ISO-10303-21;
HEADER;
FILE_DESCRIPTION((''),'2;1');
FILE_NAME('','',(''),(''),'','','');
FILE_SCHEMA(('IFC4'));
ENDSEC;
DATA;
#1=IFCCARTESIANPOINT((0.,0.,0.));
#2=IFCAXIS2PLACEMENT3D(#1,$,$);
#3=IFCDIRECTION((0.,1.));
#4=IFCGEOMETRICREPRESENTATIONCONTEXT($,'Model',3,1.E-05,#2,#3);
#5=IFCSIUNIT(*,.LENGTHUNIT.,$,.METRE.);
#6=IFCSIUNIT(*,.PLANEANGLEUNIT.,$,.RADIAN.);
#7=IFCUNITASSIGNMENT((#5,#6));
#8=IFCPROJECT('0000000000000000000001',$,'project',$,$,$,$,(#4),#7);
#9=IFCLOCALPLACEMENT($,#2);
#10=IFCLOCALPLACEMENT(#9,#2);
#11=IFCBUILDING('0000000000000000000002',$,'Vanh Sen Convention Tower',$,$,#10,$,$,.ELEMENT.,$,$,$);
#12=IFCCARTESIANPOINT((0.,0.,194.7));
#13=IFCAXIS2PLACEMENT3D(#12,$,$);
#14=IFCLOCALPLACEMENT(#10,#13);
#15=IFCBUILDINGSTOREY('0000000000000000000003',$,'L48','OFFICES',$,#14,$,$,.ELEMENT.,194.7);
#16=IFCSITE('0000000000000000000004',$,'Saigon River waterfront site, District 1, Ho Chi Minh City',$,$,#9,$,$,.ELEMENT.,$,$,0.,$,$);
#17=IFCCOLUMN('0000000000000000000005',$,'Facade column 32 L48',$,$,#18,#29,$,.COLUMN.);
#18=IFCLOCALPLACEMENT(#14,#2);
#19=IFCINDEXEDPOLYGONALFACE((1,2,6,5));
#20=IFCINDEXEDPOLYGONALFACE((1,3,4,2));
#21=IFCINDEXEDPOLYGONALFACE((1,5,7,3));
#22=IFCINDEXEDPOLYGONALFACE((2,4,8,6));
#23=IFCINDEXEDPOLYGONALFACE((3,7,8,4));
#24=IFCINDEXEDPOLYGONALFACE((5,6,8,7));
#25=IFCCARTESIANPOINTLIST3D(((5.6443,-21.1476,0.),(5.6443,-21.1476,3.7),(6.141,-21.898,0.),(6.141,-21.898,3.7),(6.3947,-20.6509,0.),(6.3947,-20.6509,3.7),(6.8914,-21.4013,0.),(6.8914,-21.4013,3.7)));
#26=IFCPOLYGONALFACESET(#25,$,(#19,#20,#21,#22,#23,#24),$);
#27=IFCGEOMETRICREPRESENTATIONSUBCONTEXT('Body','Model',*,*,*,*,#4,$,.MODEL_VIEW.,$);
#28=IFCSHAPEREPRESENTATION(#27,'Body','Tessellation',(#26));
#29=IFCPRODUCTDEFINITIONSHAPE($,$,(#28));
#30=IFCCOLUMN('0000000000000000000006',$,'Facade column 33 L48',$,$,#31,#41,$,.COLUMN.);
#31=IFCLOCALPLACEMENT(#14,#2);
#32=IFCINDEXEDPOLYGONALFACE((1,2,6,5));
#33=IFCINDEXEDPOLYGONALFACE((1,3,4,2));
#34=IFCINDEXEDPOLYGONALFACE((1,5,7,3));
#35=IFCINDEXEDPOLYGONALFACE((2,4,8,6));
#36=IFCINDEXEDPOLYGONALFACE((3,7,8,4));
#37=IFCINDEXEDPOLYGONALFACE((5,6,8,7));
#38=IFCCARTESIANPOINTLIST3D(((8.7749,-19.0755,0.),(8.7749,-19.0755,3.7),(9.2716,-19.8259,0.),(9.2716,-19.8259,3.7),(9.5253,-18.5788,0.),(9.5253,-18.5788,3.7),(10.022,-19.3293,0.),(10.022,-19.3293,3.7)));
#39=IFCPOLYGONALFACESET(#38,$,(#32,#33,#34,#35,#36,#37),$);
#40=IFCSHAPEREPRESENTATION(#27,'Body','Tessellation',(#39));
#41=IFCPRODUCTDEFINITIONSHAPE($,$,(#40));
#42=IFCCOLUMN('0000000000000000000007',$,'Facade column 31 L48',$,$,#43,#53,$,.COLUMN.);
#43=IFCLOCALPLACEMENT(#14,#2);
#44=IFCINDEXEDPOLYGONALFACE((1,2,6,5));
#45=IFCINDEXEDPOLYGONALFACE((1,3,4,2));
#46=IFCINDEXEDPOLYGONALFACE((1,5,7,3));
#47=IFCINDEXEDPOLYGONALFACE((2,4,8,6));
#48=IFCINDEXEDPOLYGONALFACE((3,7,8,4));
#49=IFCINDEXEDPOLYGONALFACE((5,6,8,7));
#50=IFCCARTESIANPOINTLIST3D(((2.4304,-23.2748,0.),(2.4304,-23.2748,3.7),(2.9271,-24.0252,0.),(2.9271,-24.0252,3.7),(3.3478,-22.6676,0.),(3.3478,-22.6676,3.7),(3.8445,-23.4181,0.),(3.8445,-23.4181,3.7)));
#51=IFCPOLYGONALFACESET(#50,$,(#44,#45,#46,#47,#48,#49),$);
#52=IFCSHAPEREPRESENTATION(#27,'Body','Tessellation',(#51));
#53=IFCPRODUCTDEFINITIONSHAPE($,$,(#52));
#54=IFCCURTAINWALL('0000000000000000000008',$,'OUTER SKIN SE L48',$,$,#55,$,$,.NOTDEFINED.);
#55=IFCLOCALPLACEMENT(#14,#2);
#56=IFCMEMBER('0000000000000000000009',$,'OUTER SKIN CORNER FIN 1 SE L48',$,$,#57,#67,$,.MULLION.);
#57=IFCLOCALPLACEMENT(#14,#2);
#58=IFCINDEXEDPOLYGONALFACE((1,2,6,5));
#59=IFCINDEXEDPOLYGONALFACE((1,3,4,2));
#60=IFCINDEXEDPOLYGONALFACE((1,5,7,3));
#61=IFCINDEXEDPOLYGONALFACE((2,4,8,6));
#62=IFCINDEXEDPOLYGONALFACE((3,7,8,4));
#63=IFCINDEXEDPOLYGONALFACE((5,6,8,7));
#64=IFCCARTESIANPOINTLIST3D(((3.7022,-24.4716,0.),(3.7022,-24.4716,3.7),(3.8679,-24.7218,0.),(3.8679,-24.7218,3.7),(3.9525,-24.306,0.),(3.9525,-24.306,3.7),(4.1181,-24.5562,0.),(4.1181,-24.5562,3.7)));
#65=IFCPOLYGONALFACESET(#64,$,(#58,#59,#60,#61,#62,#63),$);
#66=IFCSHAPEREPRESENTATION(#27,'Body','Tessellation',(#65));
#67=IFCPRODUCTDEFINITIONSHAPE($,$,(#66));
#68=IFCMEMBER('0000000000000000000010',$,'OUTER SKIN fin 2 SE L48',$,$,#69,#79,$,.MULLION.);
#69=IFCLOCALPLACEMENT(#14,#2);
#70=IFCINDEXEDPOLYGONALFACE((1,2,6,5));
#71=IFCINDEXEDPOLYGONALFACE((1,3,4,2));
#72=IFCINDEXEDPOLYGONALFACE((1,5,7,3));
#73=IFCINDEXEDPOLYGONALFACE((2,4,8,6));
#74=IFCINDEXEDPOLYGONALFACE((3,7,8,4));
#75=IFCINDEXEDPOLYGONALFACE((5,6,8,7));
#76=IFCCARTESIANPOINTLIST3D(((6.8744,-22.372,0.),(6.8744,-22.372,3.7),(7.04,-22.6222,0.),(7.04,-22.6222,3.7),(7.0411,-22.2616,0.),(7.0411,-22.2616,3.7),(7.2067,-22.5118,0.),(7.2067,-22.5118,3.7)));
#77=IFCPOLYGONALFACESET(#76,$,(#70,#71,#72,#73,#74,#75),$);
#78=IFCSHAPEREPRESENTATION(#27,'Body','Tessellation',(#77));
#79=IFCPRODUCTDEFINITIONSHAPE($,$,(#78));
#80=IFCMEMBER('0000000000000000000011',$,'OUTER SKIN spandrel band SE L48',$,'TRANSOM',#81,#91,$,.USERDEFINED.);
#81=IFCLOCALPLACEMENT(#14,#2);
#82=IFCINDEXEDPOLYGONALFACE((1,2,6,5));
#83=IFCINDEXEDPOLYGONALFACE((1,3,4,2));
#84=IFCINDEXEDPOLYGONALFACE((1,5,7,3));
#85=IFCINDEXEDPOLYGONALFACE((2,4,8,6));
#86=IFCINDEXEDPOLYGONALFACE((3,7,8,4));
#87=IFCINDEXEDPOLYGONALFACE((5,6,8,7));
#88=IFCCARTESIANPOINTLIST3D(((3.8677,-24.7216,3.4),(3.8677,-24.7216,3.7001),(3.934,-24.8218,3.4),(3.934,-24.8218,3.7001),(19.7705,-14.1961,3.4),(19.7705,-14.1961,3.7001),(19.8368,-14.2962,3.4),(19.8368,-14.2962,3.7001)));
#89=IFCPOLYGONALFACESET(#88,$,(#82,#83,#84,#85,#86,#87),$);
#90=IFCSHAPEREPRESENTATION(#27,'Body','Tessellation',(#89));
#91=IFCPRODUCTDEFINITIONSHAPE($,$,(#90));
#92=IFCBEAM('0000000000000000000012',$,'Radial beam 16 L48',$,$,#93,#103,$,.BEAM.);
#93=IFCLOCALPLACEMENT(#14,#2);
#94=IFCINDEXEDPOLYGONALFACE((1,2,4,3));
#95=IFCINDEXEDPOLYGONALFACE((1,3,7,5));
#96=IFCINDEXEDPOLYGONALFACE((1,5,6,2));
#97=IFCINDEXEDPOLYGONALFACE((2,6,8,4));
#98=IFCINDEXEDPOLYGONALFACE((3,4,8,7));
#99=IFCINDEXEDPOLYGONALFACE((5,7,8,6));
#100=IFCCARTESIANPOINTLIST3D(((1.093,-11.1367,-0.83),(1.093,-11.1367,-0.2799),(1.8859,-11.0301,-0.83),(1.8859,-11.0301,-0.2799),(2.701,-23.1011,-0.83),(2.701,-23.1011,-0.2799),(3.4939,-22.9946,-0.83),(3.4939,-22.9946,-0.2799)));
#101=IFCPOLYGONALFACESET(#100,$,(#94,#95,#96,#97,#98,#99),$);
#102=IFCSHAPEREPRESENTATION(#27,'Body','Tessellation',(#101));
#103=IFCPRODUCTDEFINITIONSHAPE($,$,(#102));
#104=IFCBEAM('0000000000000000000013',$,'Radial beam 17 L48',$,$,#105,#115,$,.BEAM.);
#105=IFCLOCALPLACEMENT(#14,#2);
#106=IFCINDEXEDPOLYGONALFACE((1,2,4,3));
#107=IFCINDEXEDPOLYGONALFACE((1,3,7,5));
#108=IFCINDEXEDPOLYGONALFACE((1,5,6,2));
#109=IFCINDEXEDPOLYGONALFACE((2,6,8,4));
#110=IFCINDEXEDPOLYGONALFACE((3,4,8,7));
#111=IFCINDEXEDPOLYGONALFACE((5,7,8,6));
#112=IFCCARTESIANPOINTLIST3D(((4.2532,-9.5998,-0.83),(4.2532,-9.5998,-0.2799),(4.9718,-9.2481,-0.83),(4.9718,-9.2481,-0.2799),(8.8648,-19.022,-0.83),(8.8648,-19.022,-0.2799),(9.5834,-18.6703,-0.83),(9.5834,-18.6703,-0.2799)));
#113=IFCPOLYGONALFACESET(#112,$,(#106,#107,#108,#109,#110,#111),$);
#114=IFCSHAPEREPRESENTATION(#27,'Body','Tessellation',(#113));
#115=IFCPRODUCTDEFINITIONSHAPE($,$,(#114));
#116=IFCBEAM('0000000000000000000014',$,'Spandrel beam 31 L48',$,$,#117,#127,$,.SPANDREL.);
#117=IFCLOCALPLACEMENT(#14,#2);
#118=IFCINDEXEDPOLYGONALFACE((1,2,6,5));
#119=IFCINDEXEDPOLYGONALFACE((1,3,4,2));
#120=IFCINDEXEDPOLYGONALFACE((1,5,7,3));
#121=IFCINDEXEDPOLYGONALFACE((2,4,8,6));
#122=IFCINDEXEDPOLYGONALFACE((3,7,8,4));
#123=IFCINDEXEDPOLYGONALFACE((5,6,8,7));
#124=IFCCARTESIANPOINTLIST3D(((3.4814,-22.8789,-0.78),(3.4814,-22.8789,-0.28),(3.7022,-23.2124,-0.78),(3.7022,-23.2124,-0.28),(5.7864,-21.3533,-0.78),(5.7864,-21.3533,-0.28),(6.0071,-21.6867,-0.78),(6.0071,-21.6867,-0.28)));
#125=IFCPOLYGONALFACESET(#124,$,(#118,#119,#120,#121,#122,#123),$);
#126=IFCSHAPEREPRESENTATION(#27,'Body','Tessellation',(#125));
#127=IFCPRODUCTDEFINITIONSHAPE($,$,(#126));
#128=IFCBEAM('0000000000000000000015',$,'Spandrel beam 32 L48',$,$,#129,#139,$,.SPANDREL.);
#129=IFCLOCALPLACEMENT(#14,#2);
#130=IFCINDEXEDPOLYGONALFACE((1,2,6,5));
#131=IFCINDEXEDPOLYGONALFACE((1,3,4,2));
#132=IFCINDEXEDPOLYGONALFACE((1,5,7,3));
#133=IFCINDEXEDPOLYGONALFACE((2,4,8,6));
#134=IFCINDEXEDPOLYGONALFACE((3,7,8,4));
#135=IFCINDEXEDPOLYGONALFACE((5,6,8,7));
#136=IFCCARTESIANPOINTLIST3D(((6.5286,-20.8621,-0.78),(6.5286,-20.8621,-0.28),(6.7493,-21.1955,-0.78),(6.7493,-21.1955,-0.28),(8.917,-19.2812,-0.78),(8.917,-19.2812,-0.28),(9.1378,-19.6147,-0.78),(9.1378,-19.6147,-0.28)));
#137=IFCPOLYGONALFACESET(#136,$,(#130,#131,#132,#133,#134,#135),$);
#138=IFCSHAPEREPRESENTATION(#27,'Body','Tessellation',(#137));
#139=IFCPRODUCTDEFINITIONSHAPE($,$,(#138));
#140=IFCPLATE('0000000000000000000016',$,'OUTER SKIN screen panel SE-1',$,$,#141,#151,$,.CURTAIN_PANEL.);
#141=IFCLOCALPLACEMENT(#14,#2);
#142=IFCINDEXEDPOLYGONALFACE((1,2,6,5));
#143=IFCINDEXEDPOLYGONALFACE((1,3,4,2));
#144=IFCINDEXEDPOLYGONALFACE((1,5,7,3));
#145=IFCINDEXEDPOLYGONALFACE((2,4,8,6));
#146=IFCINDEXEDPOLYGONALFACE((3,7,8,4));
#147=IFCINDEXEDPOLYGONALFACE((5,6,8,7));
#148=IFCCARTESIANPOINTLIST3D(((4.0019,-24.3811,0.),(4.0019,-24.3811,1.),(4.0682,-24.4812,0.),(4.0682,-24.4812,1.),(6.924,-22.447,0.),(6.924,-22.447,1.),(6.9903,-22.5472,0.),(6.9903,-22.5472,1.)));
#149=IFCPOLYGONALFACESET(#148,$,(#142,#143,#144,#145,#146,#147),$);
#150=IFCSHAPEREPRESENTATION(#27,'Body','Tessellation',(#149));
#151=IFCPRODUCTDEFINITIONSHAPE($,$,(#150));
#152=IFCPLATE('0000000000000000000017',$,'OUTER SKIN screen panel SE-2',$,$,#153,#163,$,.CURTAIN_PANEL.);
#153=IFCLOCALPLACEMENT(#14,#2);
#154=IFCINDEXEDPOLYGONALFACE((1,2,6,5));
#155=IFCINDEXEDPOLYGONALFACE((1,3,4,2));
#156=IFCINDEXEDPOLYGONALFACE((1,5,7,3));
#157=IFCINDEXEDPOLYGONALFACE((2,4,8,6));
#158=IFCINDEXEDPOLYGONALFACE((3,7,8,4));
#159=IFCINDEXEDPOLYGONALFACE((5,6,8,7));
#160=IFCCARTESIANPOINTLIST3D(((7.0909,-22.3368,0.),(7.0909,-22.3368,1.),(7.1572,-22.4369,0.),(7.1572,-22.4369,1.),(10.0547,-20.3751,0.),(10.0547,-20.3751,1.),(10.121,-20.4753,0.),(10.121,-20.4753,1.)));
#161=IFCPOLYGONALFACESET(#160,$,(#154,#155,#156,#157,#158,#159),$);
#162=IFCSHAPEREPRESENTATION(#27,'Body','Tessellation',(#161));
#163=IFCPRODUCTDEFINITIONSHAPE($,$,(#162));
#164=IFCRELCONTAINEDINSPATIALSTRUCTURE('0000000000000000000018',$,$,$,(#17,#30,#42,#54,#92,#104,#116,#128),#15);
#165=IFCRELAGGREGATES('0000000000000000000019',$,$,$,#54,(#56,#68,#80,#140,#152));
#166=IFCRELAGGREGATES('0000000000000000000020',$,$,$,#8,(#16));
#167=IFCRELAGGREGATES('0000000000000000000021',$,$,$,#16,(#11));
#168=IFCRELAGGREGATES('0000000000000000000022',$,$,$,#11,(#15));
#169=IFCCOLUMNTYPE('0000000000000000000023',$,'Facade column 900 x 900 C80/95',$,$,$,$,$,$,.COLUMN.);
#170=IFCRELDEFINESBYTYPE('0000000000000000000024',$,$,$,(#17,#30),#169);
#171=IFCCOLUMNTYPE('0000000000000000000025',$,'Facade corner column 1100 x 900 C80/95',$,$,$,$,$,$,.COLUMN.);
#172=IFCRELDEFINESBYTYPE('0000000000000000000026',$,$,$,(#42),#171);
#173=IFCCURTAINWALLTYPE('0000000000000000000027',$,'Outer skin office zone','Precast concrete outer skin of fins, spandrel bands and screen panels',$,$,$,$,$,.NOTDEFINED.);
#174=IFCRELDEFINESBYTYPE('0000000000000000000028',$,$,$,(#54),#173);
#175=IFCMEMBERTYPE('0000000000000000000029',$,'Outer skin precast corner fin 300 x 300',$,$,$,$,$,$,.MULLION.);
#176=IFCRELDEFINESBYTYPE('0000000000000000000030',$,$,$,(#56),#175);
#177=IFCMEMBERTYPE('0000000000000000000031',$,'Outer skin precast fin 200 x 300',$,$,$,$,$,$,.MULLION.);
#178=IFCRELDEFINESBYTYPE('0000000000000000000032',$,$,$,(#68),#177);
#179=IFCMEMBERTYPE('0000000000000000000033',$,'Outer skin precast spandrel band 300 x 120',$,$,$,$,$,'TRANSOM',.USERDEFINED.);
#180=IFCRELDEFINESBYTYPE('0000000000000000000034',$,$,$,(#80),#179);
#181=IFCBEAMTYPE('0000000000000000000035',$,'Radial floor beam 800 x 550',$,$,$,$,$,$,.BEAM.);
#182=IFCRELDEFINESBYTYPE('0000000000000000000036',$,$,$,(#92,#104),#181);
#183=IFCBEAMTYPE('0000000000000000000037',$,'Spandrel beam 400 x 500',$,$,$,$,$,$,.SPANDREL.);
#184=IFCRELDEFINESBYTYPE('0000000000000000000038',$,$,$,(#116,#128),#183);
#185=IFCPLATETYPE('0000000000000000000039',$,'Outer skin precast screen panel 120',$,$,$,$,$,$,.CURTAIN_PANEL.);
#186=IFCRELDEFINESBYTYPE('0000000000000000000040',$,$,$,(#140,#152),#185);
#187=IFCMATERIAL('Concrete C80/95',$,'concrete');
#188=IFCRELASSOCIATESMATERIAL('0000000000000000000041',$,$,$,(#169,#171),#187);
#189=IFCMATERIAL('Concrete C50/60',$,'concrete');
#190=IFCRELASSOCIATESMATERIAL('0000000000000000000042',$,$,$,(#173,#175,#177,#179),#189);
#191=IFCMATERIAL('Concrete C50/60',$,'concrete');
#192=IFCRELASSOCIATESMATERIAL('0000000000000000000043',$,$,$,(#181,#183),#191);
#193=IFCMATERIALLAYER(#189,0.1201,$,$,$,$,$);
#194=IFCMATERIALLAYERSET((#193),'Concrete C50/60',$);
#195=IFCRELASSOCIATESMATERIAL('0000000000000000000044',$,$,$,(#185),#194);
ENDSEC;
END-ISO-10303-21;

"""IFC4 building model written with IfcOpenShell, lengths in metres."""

from ifc_helpers import new_model, si_unit, direction, frame, origin, origin_2d, place, context, subcontext, project, spatial, rectangle, extrude, material, layer, layer_set, material_profile, profile_set, type_object, element, aggregate, save


model = new_model("IFC4")

# Units and contexts
model_context = context("Model", 3, precision=1e-05, world=origin(), true_north=direction((0.0, 1.0)))
body_context = subcontext(model_context, "Body", "Model", "MODEL_VIEW")
ifc_project = project(units=[si_unit("LENGTHUNIT", "METRE"), si_unit("PLANEANGLEUNIT", "RADIAN")], contexts=[model_context])

# Site, building, storey
site_placement = place(None, origin())
site = spatial("IfcSite", under=ifc_project, at=site_placement, Name="Saigon River waterfront site, District 1, Ho Chi Minh City", CompositionType="ELEMENT", RefElevation=0.0)
building_placement = place(site_placement, origin())
building = spatial("IfcBuilding", under=site, at=building_placement, Name="Vanh Sen Convention Tower", CompositionType="ELEMENT")
storey_placement = place(building_placement, frame((0.0, 0.0, 194.7)))
storey = spatial("IfcBuildingStorey", under=building, at=storey_placement, Name="L48", Description="OFFICES", CompositionType="ELEMENT", Elevation=194.7)

# Columns
ifc_material_1 = material(Name="Concrete C80/95", Category="concrete")
ifc_material_profile_1 = material_profile(ifc_material_1, rectangle(XDim=0.8999, YDim=0.8999, at=origin_2d()), Name="RC 900X900")
ifc_profile_set_1 = profile_set([ifc_material_profile_1], Name="Concrete C80/95")
column_type_1 = type_object("IfcColumnType", Name="Facade column 900 x 900 C80/95", PredefinedType="COLUMN", material=ifc_profile_set_1)
for number, where, z_axis, x_axis, name in (
    (1, (6.2678, -21.2744, 0.0), (0.0, 0.0, 1.0), (0.833886, 0.551937, 0.0), "Facade column 32 L48"),
    (2, (9.3984, -19.2024, 0.0), (0.0, 0.0, 1.0), (0.833886, 0.551937, 0.0), "Facade column 33 L48"),
):
    element("IfcColumn", number, at=place(storey_placement, frame(where, z_axis=z_axis, x_axis=x_axis)), inside=storey, type_object=column_type_1, Name=name, PredefinedType="COLUMN", context=body_context, shape_type="SweptSolid", body=[
        extrude(rectangle(XDim=0.8999, YDim=0.8999, at=origin_2d()), origin(), (0.0, 0.0, 1.0), 3.7),
    ])
ifc_material_profile_2 = material_profile(ifc_material_1, rectangle(XDim=1.1001, YDim=0.8999, at=origin_2d()), Name="RC 1100X900")
ifc_profile_set_2 = profile_set([ifc_material_profile_2], Name="Concrete C80/95")
column_type_2 = type_object("IfcColumnType", Name="Facade corner column 1100 x 900 C80/95", PredefinedType="COLUMN", material=ifc_profile_set_2)
column_placement = place(storey_placement, frame((3.1375, -23.3464, 0.0), z_axis=(0.0, 0.0, 1.0), x_axis=(0.833886, 0.551937, 0.0)))
element("IfcColumn", 3, at=column_placement, inside=storey, type_object=column_type_2, Name="Facade column 31 L48", PredefinedType="COLUMN", context=body_context, shape_type="SweptSolid", body=[
    extrude(rectangle(XDim=1.1001, YDim=0.8999, at=origin_2d()), origin(), (0.0, 0.0, 1.0), 3.7),
])

# Curtain wall, members
ifc_material_2 = material(Name="Concrete C50/60", Category="concrete")
curtain_wall_type = type_object("IfcCurtainWallType", Name="Outer skin office zone", Description="Precast concrete outer skin of fins, spandrel bands and screen panels", PredefinedType="NOTDEFINED", material=ifc_material_2)
curtain_wall_placement = place(storey_placement, origin())
curtain_wall = element("IfcCurtainWall", 4, at=curtain_wall_placement, inside=storey, type_object=curtain_wall_type, Name="OUTER SKIN SE L48", PredefinedType="NOTDEFINED")
ifc_material_profile_3 = material_profile(ifc_material_2, rectangle(XDim=0.3, YDim=0.3, at=origin_2d()), Name="Outer skin precast corner fin 300 x 300")
ifc_profile_set_3 = profile_set([ifc_material_profile_3], Name="Concrete C50/60")
member_type_1 = type_object("IfcMemberType", Name="Outer skin precast corner fin 300 x 300", PredefinedType="MULLION", material=ifc_profile_set_3)
member_1_placement = place(storey_placement, frame((3.9102, -24.5139, 0.0), z_axis=(0.0, 0.0, 1.0), x_axis=(0.833886, 0.551937, 0.0)))
member_1 = element("IfcMember", 5, at=member_1_placement, type_object=member_type_1, Name="OUTER SKIN CORNER FIN 1 SE L48", PredefinedType="MULLION", context=body_context, shape_type="SweptSolid", body=[
    extrude(rectangle(XDim=0.3, YDim=0.3, at=origin_2d()), origin(), (0.0, 0.0, 1.0), 3.7),
])
ifc_material_profile_4 = material_profile(ifc_material_2, rectangle(XDim=0.2, YDim=0.3, at=origin_2d()), Name="Outer skin precast fin 200 x 300")
ifc_profile_set_4 = profile_set([ifc_material_profile_4], Name="Concrete C50/60")
member_type_2 = type_object("IfcMemberType", Name="Outer skin precast fin 200 x 300", PredefinedType="MULLION", material=ifc_profile_set_4)
member_2_placement = place(storey_placement, frame((7.0405, -22.4419, 0.0), z_axis=(0.0, 0.0, 1.0), x_axis=(0.833886, 0.551937, 0.0)))
member_2 = element("IfcMember", 6, at=member_2_placement, type_object=member_type_2, Name="OUTER SKIN fin 2 SE L48", PredefinedType="MULLION", context=body_context, shape_type="SweptSolid", body=[
    extrude(rectangle(XDim=0.2, YDim=0.3, at=origin_2d()), origin(), (0.0, 0.0, 1.0), 3.7),
])
ifc_material_profile_5 = material_profile(ifc_material_2, rectangle(XDim=0.1201, YDim=0.3, at=origin_2d()), Name="Outer skin precast spandrel band 300 x 120")
ifc_profile_set_5 = profile_set([ifc_material_profile_5], Name="Concrete C50/60")
member_type_3 = type_object("IfcMemberType", Name="Outer skin precast spandrel band 300 x 120", ElementType="TRANSOM", PredefinedType="USERDEFINED", material=ifc_profile_set_5)
member_3_placement = place(storey_placement, frame((3.9009, -24.7717, 3.55), z_axis=(0.833891, 0.551929, 0.0), x_axis=(-0.551929, 0.833891, 0.0)))
member_3 = element("IfcMember", 7, at=member_3_placement, type_object=member_type_3, Name="OUTER SKIN spandrel band SE L48", ObjectType="TRANSOM", PredefinedType="USERDEFINED", context=body_context, shape_type="SweptSolid", body=[
    extrude(rectangle(XDim=0.1201, YDim=0.3, at=origin_2d()), origin(), (0.0, 0.0, 1.0), 19.0706),
])

# Beams
ifc_material_3 = material(Name="Concrete C50/60", Category="concrete")
ifc_material_profile_6 = material_profile(ifc_material_3, rectangle(XDim=0.8, YDim=0.55, at=origin_2d()), Name="RC 800X550")
ifc_profile_set_6 = profile_set([ifc_material_profile_6], Name="Concrete C50/60")
beam_type_1 = type_object("IfcBeamType", Name="Radial floor beam 800 x 550", PredefinedType="BEAM", material=ifc_profile_set_6)
beam_1_placement = place(storey_placement, frame((3.0974, -23.0479, -0.5549), z_axis=(-0.133194, 0.99109, 0.0), x_axis=(-0.99109, -0.133194, 0.0)))
element("IfcBeam", 8, at=beam_1_placement, inside=storey, type_object=beam_type_1, Name="Radial beam 16 L48", PredefinedType="BEAM", context=body_context, shape_type="SweptSolid", body=[
    extrude(rectangle(XDim=0.8, YDim=0.55, at=origin_2d()), origin(), (0.0, 0.0, 1.0), 12.072),
])
beam_2_placement = place(storey_placement, frame((9.2241, -18.8462, -0.5549), z_axis=(-0.43961, 0.898189, 0.0), x_axis=(-0.898189, -0.43961, 0.0)))
element("IfcBeam", 9, at=beam_2_placement, inside=storey, type_object=beam_type_1, Name="Radial beam 17 L48", PredefinedType="BEAM", context=body_context, shape_type="SweptSolid", body=[
    extrude(rectangle(XDim=0.8, YDim=0.55, at=origin_2d()), origin(), (0.0, 0.0, 1.0), 10.4902),
])
ifc_material_profile_7 = material_profile(ifc_material_3, rectangle(XDim=0.3999, YDim=0.5, at=origin_2d()), Name="RC 400X500")
ifc_profile_set_7 = profile_set([ifc_material_profile_7], Name="Concrete C50/60")
beam_type_2 = type_object("IfcBeamType", Name="Spandrel beam 400 x 500", PredefinedType="SPANDREL", material=ifc_profile_set_7)
beam_3_placement = place(storey_placement, frame((3.5918, -23.0457, -0.53), z_axis=(0.83388, 0.551945, 0.0), x_axis=(-0.551945, 0.83388, 0.0)))
element("IfcBeam", 10, at=beam_3_placement, inside=storey, type_object=beam_type_2, Name="Spandrel beam 31 L48", PredefinedType="SPANDREL", context=body_context, shape_type="SweptSolid", body=[
    extrude(rectangle(XDim=0.3999, YDim=0.5, at=origin_2d()), origin(), (0.0, 0.0, 1.0), 2.7642),
])
beam_4_placement = place(storey_placement, frame((6.6389, -21.0288, -0.53), z_axis=(0.833895, 0.551924, 0.0), x_axis=(-0.551924, 0.833895, 0.0)))
element("IfcBeam", 11, at=beam_4_placement, inside=storey, type_object=beam_type_2, Name="Spandrel beam 32 L48", PredefinedType="SPANDREL", context=body_context, shape_type="SweptSolid", body=[
    extrude(rectangle(XDim=0.3999, YDim=0.5, at=origin_2d()), origin(), (0.0, 0.0, 1.0), 2.8643),
])

# Plates
ifc_layer_1 = layer(ifc_material_2, 0.1201)
ifc_layer_set_1 = layer_set([ifc_layer_1], Name="Concrete C50/60")
plate_type = type_object("IfcPlateType", Name="Outer skin precast screen panel 120", PredefinedType="CURTAIN_PANEL", material=ifc_layer_set_1)
plate_1_placement = place(storey_placement, frame((5.4961, -23.4641, 0.0), z_axis=(0.0, 0.0, 1.0), x_axis=(0.83389, 0.551931, 0.0)))
plate_1 = element("IfcPlate", 12, at=plate_1_placement, type_object=plate_type, Name="OUTER SKIN screen panel SE-1", PredefinedType="CURTAIN_PANEL", context=body_context, shape_type="SweptSolid", body=[
    extrude(rectangle(XDim=3.5042, YDim=0.1201, at=origin_2d()), origin(), (0.0, 0.0, 1.0), 1.0),
])
plate_2_placement = place(storey_placement, frame((8.606, -21.406, 0.0), z_axis=(0.0, 0.0, 1.0), x_axis=(0.83389, 0.551931, 0.0)))
plate_2 = element("IfcPlate", 13, at=plate_2_placement, type_object=plate_type, Name="OUTER SKIN screen panel SE-2", PredefinedType="CURTAIN_PANEL", context=body_context, shape_type="SweptSolid", body=[
    extrude(rectangle(XDim=3.5542, YDim=0.1201, at=origin_2d()), origin(), (0.0, 0.0, 1.0), 1.0),
])
aggregate(curtain_wall, [member_1, member_2, member_3, plate_1, plate_2])

save(model, "model.ifc")
